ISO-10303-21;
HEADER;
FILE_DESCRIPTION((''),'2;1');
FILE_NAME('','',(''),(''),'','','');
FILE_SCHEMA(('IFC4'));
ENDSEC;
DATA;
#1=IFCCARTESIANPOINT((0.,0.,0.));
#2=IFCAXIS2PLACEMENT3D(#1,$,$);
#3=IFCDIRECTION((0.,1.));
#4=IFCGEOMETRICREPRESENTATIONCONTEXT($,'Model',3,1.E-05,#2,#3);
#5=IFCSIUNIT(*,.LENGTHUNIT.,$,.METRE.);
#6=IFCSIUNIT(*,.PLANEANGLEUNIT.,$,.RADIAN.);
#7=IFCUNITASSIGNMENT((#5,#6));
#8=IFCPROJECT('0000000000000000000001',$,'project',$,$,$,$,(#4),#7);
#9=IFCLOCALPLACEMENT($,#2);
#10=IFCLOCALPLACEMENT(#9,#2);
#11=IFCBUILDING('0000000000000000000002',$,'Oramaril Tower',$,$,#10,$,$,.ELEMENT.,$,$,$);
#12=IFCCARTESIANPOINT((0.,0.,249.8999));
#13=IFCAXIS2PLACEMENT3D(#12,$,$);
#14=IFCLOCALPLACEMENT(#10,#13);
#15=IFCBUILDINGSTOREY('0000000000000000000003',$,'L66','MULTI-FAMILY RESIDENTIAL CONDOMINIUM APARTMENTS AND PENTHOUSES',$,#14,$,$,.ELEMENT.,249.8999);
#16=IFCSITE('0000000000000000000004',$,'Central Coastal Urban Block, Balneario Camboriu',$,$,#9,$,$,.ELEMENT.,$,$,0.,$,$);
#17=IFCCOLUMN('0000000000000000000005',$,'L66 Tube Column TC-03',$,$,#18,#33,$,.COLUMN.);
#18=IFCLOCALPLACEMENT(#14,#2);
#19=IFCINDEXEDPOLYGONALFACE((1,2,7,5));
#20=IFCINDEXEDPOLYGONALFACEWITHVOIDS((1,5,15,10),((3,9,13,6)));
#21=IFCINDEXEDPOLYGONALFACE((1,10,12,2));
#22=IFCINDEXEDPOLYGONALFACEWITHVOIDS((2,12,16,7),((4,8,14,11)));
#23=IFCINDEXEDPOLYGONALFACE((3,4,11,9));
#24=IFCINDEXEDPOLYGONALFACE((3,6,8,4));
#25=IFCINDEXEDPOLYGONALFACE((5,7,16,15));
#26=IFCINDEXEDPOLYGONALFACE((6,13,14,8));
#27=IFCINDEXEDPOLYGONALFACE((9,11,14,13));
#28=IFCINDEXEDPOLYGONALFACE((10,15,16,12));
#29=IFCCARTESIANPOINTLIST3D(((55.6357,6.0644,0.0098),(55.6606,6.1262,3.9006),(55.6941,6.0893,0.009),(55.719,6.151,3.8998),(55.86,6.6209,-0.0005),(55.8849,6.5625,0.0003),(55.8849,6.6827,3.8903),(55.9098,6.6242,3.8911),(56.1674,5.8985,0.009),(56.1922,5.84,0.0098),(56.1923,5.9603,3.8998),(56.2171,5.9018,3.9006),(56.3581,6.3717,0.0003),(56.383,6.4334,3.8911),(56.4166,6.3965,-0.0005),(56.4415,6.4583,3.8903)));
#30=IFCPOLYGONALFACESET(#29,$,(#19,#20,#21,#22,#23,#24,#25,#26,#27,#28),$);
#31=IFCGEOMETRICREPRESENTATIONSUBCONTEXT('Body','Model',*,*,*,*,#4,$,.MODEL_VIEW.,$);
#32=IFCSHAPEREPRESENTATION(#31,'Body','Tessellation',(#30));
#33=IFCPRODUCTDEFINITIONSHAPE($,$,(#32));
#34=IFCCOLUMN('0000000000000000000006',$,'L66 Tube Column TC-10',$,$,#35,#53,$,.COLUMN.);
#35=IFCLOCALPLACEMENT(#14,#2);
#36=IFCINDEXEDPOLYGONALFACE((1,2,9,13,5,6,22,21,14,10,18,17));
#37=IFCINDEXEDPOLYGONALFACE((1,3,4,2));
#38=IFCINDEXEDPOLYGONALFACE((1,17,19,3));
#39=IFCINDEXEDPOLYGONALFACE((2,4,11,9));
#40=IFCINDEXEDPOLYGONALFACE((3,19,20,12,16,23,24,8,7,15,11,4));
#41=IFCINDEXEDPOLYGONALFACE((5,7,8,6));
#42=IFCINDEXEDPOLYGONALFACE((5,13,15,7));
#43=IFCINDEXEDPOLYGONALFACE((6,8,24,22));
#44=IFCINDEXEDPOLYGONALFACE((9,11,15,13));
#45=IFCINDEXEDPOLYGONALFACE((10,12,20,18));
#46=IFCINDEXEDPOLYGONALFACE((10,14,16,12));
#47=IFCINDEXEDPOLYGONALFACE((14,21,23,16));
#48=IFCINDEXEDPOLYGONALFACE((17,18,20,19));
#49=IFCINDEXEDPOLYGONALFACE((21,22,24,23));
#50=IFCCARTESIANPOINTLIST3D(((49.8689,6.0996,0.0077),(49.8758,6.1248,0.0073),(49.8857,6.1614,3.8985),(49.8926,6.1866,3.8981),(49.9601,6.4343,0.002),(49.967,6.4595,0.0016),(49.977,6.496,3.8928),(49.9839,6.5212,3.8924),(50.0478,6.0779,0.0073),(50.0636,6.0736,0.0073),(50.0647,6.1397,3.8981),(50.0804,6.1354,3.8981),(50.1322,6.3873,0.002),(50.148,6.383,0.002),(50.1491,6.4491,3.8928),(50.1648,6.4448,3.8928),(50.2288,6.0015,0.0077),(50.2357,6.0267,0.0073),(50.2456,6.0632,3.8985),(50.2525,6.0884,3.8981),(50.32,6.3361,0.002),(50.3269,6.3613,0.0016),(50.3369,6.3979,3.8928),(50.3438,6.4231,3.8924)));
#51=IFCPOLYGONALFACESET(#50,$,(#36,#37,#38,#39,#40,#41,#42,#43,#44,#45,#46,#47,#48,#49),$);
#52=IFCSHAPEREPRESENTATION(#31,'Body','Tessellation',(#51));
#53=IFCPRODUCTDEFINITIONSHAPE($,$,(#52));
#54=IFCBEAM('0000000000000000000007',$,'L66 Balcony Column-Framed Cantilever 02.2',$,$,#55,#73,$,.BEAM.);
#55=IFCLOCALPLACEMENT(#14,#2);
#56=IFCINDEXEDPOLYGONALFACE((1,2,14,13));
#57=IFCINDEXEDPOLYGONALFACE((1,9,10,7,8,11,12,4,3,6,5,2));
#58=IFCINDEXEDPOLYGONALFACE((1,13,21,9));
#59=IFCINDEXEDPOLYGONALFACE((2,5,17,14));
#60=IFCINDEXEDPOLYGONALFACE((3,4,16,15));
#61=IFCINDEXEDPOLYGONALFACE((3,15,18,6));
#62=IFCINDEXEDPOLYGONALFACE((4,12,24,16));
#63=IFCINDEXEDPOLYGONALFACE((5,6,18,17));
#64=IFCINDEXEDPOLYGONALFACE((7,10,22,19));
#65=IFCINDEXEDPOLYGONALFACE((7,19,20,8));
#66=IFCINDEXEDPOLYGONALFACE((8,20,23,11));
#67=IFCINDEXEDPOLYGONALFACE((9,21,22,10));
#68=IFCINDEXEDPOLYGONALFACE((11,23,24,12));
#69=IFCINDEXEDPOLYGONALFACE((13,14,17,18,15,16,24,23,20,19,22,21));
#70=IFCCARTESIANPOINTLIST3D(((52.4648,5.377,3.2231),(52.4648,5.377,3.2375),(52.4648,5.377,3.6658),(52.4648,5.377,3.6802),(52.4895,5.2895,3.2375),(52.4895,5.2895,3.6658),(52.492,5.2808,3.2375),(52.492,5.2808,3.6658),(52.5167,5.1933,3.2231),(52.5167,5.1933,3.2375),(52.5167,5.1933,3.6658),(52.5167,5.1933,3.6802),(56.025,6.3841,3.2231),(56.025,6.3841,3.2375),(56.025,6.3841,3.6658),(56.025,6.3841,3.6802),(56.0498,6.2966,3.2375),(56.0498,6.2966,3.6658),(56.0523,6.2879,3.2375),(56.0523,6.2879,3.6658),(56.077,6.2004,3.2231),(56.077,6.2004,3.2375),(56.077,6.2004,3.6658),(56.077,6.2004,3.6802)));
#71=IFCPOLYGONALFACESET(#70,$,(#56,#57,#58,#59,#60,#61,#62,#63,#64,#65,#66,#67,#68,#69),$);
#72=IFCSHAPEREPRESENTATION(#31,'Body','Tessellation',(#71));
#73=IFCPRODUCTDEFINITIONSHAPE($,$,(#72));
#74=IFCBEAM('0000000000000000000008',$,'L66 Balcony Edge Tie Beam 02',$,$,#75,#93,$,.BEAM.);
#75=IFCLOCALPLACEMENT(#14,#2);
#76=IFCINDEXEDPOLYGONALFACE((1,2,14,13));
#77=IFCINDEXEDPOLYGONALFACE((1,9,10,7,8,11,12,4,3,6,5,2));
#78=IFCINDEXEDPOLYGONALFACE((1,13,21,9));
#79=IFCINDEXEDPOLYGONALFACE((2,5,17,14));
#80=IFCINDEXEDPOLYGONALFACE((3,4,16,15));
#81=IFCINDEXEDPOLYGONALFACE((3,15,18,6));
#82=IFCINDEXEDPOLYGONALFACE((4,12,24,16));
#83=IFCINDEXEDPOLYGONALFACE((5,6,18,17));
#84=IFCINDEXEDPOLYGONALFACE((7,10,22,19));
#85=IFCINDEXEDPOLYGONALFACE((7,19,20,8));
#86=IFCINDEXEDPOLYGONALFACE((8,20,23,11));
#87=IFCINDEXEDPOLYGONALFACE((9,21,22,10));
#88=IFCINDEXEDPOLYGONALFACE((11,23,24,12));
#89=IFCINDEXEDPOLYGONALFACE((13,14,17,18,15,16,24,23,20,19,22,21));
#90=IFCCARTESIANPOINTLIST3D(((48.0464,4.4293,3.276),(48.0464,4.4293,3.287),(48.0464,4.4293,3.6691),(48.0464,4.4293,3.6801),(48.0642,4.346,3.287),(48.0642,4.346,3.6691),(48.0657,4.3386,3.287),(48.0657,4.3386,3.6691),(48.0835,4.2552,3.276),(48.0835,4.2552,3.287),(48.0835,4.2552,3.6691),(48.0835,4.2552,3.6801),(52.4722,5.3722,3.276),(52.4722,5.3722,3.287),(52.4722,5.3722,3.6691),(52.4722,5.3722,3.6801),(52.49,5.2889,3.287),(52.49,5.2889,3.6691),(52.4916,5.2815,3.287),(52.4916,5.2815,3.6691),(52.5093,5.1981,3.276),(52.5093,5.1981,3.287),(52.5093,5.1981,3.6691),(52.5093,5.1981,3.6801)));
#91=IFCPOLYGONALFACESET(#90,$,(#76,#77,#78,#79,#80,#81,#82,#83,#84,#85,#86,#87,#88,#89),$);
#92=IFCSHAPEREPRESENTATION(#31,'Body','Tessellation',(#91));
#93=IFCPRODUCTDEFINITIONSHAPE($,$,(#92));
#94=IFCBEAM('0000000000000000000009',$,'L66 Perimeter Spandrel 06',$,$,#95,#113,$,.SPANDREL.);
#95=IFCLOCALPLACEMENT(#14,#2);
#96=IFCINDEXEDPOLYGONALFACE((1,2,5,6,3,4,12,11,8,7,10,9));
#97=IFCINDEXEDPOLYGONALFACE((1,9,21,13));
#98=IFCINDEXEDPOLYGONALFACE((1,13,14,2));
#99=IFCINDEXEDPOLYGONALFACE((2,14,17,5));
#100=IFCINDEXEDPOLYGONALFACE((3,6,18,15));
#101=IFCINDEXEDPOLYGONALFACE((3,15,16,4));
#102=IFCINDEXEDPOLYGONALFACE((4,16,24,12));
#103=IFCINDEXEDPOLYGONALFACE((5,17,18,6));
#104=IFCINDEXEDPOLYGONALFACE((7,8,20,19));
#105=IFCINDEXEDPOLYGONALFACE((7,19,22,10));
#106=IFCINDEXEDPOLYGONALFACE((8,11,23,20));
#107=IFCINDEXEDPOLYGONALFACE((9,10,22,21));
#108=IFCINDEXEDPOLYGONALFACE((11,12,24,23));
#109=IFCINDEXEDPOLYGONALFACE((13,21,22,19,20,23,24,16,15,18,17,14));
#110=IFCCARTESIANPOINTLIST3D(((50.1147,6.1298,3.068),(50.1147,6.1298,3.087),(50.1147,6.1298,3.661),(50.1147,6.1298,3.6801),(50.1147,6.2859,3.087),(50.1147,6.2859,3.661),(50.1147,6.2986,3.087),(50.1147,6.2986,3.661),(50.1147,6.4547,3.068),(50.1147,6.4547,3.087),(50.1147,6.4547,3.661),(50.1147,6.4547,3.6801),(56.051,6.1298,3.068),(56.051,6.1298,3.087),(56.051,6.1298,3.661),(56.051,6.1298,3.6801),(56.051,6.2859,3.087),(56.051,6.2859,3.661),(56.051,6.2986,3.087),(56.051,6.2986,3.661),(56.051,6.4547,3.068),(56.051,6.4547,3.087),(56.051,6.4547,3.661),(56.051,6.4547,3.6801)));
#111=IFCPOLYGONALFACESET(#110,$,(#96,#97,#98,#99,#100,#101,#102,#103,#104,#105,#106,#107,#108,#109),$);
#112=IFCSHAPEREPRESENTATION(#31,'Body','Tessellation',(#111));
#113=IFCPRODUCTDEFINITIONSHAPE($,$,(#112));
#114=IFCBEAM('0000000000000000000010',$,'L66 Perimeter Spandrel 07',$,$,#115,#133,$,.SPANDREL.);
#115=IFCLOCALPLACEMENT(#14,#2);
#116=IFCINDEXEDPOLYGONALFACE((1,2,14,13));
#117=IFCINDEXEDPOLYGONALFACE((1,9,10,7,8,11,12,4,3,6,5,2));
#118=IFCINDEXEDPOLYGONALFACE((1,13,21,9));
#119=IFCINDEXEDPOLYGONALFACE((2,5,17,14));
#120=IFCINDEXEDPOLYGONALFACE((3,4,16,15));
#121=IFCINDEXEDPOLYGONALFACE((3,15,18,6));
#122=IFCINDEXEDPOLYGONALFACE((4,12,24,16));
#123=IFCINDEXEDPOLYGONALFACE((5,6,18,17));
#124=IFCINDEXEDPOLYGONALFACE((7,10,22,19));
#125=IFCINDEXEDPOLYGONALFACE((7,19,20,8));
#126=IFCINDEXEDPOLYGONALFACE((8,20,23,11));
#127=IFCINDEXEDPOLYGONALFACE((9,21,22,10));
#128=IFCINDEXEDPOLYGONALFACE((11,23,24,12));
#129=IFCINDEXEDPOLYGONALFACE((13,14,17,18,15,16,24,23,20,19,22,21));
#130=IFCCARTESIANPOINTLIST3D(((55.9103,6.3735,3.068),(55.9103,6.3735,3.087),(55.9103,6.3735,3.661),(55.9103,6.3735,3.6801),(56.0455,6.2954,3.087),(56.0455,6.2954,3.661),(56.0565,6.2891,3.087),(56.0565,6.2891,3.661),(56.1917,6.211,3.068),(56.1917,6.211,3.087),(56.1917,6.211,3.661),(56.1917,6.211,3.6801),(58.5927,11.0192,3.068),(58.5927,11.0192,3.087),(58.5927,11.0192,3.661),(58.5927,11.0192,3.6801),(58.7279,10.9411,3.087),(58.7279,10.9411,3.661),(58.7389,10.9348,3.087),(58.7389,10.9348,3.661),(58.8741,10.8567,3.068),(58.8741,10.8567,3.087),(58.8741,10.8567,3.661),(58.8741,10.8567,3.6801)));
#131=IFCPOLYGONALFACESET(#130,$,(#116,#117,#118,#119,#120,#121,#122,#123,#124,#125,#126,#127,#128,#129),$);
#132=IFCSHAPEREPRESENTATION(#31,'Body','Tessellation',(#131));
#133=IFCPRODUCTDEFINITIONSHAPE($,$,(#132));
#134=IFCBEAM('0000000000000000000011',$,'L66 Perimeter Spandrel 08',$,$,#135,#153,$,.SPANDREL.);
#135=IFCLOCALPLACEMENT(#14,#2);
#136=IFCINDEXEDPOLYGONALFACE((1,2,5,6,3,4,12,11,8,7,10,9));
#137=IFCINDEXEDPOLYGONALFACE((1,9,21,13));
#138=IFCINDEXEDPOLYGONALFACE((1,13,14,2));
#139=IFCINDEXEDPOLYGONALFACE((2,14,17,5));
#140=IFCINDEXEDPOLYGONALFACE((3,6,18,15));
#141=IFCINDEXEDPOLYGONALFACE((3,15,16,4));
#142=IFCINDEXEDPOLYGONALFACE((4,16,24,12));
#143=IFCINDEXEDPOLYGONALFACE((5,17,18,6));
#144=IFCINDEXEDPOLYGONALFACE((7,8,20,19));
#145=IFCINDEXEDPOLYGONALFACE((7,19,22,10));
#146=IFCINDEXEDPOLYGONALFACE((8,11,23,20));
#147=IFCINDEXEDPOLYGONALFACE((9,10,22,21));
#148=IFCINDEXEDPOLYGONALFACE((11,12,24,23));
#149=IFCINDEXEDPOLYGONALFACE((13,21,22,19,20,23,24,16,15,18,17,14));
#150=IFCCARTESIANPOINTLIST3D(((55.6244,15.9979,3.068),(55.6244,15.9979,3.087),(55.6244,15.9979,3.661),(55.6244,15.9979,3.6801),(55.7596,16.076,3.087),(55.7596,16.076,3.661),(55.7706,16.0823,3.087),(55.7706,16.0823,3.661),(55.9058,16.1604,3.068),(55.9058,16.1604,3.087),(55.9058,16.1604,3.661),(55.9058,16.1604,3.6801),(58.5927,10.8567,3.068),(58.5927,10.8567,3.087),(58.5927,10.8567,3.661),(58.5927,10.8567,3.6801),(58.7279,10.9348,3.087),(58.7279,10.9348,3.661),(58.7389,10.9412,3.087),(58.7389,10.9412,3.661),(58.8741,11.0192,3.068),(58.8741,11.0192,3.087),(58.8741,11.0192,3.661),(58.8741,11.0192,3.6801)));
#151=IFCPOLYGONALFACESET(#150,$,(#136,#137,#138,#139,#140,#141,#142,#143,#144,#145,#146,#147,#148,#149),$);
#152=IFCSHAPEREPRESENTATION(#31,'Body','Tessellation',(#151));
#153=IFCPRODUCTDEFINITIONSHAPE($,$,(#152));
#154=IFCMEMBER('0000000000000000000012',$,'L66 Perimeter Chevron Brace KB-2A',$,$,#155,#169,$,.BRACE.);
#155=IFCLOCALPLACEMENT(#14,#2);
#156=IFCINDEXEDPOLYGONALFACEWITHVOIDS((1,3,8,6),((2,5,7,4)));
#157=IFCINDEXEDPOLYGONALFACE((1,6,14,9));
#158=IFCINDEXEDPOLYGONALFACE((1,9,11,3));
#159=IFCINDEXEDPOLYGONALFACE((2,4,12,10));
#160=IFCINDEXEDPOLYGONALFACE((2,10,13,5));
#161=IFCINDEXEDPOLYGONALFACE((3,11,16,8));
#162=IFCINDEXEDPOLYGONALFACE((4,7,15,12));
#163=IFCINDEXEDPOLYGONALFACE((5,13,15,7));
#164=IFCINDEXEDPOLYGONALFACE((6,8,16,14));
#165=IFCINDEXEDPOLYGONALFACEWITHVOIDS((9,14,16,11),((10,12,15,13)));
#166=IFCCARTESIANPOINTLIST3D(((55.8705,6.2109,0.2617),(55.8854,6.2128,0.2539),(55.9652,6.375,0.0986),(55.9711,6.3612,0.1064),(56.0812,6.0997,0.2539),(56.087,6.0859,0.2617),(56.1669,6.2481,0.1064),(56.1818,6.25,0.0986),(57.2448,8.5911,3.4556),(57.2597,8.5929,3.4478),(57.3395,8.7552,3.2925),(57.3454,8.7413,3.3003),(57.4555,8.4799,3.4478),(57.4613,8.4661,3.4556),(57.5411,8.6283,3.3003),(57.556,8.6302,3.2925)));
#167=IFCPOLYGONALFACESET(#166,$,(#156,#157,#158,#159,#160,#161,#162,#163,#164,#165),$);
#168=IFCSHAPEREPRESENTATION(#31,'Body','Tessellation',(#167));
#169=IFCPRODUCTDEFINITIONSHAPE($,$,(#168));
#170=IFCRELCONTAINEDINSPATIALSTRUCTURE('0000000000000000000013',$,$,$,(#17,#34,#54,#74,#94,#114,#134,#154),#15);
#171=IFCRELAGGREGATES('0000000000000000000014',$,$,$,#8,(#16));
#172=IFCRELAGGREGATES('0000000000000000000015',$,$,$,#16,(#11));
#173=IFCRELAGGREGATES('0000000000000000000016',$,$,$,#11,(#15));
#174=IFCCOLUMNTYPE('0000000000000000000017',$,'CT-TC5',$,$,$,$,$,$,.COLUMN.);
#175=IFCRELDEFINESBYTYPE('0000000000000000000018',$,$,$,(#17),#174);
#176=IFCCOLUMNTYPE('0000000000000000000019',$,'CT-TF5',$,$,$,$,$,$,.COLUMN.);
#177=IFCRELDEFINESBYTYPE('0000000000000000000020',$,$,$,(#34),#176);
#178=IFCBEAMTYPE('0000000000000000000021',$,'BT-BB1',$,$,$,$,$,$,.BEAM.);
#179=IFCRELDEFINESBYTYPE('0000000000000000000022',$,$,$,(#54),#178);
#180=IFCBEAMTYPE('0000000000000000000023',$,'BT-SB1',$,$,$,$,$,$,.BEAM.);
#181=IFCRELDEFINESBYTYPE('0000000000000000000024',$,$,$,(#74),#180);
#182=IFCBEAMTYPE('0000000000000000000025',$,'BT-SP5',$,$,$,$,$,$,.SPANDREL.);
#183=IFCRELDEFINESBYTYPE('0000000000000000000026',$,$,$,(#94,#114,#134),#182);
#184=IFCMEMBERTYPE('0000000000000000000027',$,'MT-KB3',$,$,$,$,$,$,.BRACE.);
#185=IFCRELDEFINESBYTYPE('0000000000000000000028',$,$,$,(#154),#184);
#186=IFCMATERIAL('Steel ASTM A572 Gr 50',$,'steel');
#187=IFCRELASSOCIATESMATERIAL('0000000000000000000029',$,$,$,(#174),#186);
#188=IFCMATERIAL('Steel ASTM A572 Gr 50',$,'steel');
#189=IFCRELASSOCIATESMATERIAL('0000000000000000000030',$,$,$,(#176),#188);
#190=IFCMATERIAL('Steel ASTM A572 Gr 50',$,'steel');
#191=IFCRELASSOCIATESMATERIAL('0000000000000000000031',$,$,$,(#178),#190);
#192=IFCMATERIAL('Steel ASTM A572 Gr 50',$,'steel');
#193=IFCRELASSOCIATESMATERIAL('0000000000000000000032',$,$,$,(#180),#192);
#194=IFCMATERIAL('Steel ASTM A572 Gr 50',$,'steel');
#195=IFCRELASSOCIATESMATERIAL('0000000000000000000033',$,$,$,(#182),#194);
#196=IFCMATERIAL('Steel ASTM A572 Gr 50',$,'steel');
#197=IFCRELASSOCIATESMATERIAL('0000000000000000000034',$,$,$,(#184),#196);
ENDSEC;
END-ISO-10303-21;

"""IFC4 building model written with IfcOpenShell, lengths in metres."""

from ifc_helpers import new_model, si_unit, direction, frame, origin, origin_2d, place, context, subcontext, project, spatial, hollow_rectangle, i_section, extrude, material, material_profile, profile_set, type_object, element, save


model = new_model("IFC4")

# Units and contexts
model_context = context("Model", 3, precision=1e-05, world=origin(), true_north=direction((0.0, 1.0)))
body_context = subcontext(model_context, "Body", "Model", "MODEL_VIEW")
ifc_project = project(units=[si_unit("LENGTHUNIT", "METRE"), si_unit("PLANEANGLEUNIT", "RADIAN")], contexts=[model_context])

# Site, building, storey
site_placement = place(None, origin())
site = spatial("IfcSite", under=ifc_project, at=site_placement, Name="Central Coastal Urban Block, Balneario Camboriu", CompositionType="ELEMENT", RefElevation=0.0)
building_placement = place(site_placement, origin())
building = spatial("IfcBuilding", under=site, at=building_placement, Name="Oramaril Tower", CompositionType="ELEMENT")
storey_placement = place(building_placement, frame((0.0, 0.0, 249.8999)))
storey = spatial("IfcBuildingStorey", under=building, at=storey_placement, Name="L66", Description="MULTI-FAMILY RESIDENTIAL CONDOMINIUM APARTMENTS AND PENTHOUSES", CompositionType="ELEMENT", Elevation=249.8999)

# Columns
ifc_material_1 = material(Name="Steel ASTM A572 Gr 50", Category="steel")
ifc_material_profile_1 = material_profile(ifc_material_1, hollow_rectangle(XDim=0.6001, YDim=0.6001, WallThickness=0.0449, at=origin_2d()), Name="BOX600X600X45")
ifc_profile_set_1 = profile_set([ifc_material_profile_1], Name="Steel ASTM A572 Gr 50")
column_type_1 = type_object("IfcColumnType", Name="CT-TC5", PredefinedType="COLUMN", material=ifc_profile_set_1)
column_1_placement = place(storey_placement, frame((56.0261, 6.2305, 0.0046), z_axis=(0.006399, 0.015873, 0.999854), x_axis=(-0.927462, 0.373917, 0.0)))
element("IfcColumn", 1, at=column_1_placement, inside=storey, type_object=column_type_1, Name="L66 Tube Column TC-03", PredefinedType="COLUMN", context=body_context, shape_type="SweptSolid", body=[
    extrude(hollow_rectangle(XDim=0.6001, YDim=0.6001, WallThickness=0.0449, at=origin_2d()), origin(), (0.0, 0.0, 1.0), 3.8914),
])
ifc_material_2 = material(Name="Steel ASTM A572 Gr 50", Category="steel")
ifc_material_profile_2 = material_profile(ifc_material_2, i_section(OverallWidth=0.373, OverallDepth=0.373, WebThickness=0.0164, FlangeThickness=0.0261, at=origin_2d()), Name="W14X132")
ifc_profile_set_2 = profile_set([ifc_material_profile_2], Name="Steel ASTM A572 Gr 50")
column_type_2 = type_object("IfcColumnType", Name="CT-TF5", PredefinedType="COLUMN", material=ifc_profile_set_2)
column_2_placement = place(storey_placement, frame((50.0979, 6.2305, 0.0046), z_axis=(0.004329, 0.015873, 0.999865), x_axis=(-0.964764, 0.263117, 0.0)))
element("IfcColumn", 2, at=column_2_placement, inside=storey, type_object=column_type_2, Name="L66 Tube Column TC-10", PredefinedType="COLUMN", context=body_context, shape_type="SweptSolid", body=[
    extrude(i_section(OverallWidth=0.373, OverallDepth=0.373, WebThickness=0.0164, FlangeThickness=0.0261, at=origin_2d()), origin(), (0.0, 0.0, 1.0), 3.8914),
])

# Beams
ifc_material_3 = material(Name="Steel ASTM A572 Gr 50", Category="steel")
ifc_material_profile_3 = material_profile(ifc_material_3, i_section(OverallWidth=0.1909, OverallDepth=0.457, WebThickness=0.009, FlangeThickness=0.0144, at=origin_2d()), Name="W18X50")
ifc_profile_set_3 = profile_set([ifc_material_profile_3], Name="Steel ASTM A572 Gr 50")
beam_type_1 = type_object("IfcBeamType", Name="BT-BB1", PredefinedType="BEAM", material=ifc_profile_set_3)
beam_1_placement = place(storey_placement, frame((56.051, 6.2922, 3.4517), z_axis=(-0.962245, -0.272184, 0.0), x_axis=(0.272184, -0.962245, 0.0)))
element("IfcBeam", 3, at=beam_1_placement, inside=storey, type_object=beam_type_1, Name="L66 Balcony Column-Framed Cantilever 02.2", PredefinedType="BEAM", context=body_context, shape_type="SweptSolid", body=[
    extrude(i_section(OverallWidth=0.1909, OverallDepth=0.457, WebThickness=0.009, FlangeThickness=0.0144, at=origin_2d()), origin(), (0.0, 0.0, 1.0), 3.7),
])
ifc_material_4 = material(Name="Steel ASTM A572 Gr 50", Category="steel")
ifc_material_profile_4 = material_profile(ifc_material_4, i_section(OverallWidth=0.178, OverallDepth=0.4041, WebThickness=0.0076, FlangeThickness=0.011, at=origin_2d()), Name="W16X36")
ifc_profile_set_4 = profile_set([ifc_material_profile_4], Name="Steel ASTM A572 Gr 50")
beam_type_2 = type_object("IfcBeamType", Name="BT-SB1", PredefinedType="BEAM", material=ifc_profile_set_4)
beam_2_placement = place(storey_placement, frame((48.0649, 4.3423, 3.478), z_axis=(0.978051, 0.208365, 0.0), x_axis=(-0.208365, 0.978051, 0.0)))
element("IfcBeam", 4, at=beam_2_placement, inside=storey, type_object=beam_type_2, Name="L66 Balcony Edge Tie Beam 02", PredefinedType="BEAM", context=body_context, shape_type="SweptSolid", body=[
    extrude(i_section(OverallWidth=0.178, OverallDepth=0.4041, WebThickness=0.0076, FlangeThickness=0.011, at=origin_2d()), origin(), (0.0, 0.0, 1.0), 4.5251),
])
ifc_material_5 = material(Name="Steel ASTM A572 Gr 50", Category="steel")
ifc_material_profile_5 = material_profile(ifc_material_5, i_section(OverallWidth=0.325, OverallDepth=0.6121, WebThickness=0.0127, FlangeThickness=0.019, at=origin_2d()), Name="W24X104")
ifc_profile_set_5 = profile_set([ifc_material_profile_5], Name="Steel ASTM A572 Gr 50")
beam_type_3 = type_object("IfcBeamType", Name="BT-SP5", PredefinedType="SPANDREL", material=ifc_profile_set_5)
beam_3_placement = place(storey_placement, frame((50.1147, 6.2922, 3.374), z_axis=(1.0, 0.0, 0.0), x_axis=(0.0, 1.0, 0.0)))
element("IfcBeam", 5, at=beam_3_placement, inside=storey, type_object=beam_type_3, Name="L66 Perimeter Spandrel 06", PredefinedType="SPANDREL", context=body_context, shape_type="SweptSolid", body=[
    extrude(i_section(OverallWidth=0.325, OverallDepth=0.6121, WebThickness=0.0127, FlangeThickness=0.019, at=origin_2d()), origin(), (0.0, 0.0, 1.0), 5.9363),
])
beam_4_placement = place(storey_placement, frame((56.051, 6.2922, 3.374), z_axis=(0.500021, 0.866014, 0.0), x_axis=(-0.866014, 0.500021, 0.0)))
element("IfcBeam", 6, at=beam_4_placement, inside=storey, type_object=beam_type_3, Name="L66 Perimeter Spandrel 07", PredefinedType="SPANDREL", context=body_context, shape_type="SweptSolid", body=[
    extrude(i_section(OverallWidth=0.325, OverallDepth=0.6121, WebThickness=0.0127, FlangeThickness=0.019, at=origin_2d()), origin(), (0.0, 0.0, 1.0), 5.3645),
])
beam_5_placement = place(storey_placement, frame((58.7334, 10.938, 3.374), z_axis=(-0.500005, 0.866023, 0.0), x_axis=(-0.866023, -0.500005, 0.0)))
element("IfcBeam", 7, at=beam_5_placement, inside=storey, type_object=beam_type_3, Name="L66 Perimeter Spandrel 08", PredefinedType="SPANDREL", context=body_context, shape_type="SweptSolid", body=[
    extrude(i_section(OverallWidth=0.325, OverallDepth=0.6121, WebThickness=0.0127, FlangeThickness=0.019, at=origin_2d()), origin(), (0.0, 0.0, 1.0), 5.9365),
])

# Member
ifc_material_6 = material(Name="Steel ASTM A572 Gr 50", Category="steel")
ifc_material_profile_6 = material_profile(ifc_material_6, hollow_rectangle(XDim=0.25, YDim=0.25, WallThickness=0.012, at=origin_2d()), Name="HSS250X250X12")
ifc_profile_set_6 = profile_set([ifc_material_profile_6], Name="Steel ASTM A572 Gr 50")
member_type = type_object("IfcMemberType", Name="MT-KB3", PredefinedType="BRACE", material=ifc_profile_set_6)
member_placement = place(storey_placement, frame((56.0261, 6.2305, 0.1802), z_axis=(0.326152, 0.56487, 0.757989), x_axis=(-0.86601, 0.500027, 0.0)))
element("IfcMember", 8, at=member_placement, inside=storey, type_object=member_type, Name="L66 Perimeter Chevron Brace KB-2A", PredefinedType="BRACE", context=body_context, shape_type="SweptSolid", body=[
    extrude(hollow_rectangle(XDim=0.25, YDim=0.25, WallThickness=0.012, at=origin_2d()), origin(), (0.0, 0.0, 1.0), 4.2136),
])

save(model, "model.ifc")
